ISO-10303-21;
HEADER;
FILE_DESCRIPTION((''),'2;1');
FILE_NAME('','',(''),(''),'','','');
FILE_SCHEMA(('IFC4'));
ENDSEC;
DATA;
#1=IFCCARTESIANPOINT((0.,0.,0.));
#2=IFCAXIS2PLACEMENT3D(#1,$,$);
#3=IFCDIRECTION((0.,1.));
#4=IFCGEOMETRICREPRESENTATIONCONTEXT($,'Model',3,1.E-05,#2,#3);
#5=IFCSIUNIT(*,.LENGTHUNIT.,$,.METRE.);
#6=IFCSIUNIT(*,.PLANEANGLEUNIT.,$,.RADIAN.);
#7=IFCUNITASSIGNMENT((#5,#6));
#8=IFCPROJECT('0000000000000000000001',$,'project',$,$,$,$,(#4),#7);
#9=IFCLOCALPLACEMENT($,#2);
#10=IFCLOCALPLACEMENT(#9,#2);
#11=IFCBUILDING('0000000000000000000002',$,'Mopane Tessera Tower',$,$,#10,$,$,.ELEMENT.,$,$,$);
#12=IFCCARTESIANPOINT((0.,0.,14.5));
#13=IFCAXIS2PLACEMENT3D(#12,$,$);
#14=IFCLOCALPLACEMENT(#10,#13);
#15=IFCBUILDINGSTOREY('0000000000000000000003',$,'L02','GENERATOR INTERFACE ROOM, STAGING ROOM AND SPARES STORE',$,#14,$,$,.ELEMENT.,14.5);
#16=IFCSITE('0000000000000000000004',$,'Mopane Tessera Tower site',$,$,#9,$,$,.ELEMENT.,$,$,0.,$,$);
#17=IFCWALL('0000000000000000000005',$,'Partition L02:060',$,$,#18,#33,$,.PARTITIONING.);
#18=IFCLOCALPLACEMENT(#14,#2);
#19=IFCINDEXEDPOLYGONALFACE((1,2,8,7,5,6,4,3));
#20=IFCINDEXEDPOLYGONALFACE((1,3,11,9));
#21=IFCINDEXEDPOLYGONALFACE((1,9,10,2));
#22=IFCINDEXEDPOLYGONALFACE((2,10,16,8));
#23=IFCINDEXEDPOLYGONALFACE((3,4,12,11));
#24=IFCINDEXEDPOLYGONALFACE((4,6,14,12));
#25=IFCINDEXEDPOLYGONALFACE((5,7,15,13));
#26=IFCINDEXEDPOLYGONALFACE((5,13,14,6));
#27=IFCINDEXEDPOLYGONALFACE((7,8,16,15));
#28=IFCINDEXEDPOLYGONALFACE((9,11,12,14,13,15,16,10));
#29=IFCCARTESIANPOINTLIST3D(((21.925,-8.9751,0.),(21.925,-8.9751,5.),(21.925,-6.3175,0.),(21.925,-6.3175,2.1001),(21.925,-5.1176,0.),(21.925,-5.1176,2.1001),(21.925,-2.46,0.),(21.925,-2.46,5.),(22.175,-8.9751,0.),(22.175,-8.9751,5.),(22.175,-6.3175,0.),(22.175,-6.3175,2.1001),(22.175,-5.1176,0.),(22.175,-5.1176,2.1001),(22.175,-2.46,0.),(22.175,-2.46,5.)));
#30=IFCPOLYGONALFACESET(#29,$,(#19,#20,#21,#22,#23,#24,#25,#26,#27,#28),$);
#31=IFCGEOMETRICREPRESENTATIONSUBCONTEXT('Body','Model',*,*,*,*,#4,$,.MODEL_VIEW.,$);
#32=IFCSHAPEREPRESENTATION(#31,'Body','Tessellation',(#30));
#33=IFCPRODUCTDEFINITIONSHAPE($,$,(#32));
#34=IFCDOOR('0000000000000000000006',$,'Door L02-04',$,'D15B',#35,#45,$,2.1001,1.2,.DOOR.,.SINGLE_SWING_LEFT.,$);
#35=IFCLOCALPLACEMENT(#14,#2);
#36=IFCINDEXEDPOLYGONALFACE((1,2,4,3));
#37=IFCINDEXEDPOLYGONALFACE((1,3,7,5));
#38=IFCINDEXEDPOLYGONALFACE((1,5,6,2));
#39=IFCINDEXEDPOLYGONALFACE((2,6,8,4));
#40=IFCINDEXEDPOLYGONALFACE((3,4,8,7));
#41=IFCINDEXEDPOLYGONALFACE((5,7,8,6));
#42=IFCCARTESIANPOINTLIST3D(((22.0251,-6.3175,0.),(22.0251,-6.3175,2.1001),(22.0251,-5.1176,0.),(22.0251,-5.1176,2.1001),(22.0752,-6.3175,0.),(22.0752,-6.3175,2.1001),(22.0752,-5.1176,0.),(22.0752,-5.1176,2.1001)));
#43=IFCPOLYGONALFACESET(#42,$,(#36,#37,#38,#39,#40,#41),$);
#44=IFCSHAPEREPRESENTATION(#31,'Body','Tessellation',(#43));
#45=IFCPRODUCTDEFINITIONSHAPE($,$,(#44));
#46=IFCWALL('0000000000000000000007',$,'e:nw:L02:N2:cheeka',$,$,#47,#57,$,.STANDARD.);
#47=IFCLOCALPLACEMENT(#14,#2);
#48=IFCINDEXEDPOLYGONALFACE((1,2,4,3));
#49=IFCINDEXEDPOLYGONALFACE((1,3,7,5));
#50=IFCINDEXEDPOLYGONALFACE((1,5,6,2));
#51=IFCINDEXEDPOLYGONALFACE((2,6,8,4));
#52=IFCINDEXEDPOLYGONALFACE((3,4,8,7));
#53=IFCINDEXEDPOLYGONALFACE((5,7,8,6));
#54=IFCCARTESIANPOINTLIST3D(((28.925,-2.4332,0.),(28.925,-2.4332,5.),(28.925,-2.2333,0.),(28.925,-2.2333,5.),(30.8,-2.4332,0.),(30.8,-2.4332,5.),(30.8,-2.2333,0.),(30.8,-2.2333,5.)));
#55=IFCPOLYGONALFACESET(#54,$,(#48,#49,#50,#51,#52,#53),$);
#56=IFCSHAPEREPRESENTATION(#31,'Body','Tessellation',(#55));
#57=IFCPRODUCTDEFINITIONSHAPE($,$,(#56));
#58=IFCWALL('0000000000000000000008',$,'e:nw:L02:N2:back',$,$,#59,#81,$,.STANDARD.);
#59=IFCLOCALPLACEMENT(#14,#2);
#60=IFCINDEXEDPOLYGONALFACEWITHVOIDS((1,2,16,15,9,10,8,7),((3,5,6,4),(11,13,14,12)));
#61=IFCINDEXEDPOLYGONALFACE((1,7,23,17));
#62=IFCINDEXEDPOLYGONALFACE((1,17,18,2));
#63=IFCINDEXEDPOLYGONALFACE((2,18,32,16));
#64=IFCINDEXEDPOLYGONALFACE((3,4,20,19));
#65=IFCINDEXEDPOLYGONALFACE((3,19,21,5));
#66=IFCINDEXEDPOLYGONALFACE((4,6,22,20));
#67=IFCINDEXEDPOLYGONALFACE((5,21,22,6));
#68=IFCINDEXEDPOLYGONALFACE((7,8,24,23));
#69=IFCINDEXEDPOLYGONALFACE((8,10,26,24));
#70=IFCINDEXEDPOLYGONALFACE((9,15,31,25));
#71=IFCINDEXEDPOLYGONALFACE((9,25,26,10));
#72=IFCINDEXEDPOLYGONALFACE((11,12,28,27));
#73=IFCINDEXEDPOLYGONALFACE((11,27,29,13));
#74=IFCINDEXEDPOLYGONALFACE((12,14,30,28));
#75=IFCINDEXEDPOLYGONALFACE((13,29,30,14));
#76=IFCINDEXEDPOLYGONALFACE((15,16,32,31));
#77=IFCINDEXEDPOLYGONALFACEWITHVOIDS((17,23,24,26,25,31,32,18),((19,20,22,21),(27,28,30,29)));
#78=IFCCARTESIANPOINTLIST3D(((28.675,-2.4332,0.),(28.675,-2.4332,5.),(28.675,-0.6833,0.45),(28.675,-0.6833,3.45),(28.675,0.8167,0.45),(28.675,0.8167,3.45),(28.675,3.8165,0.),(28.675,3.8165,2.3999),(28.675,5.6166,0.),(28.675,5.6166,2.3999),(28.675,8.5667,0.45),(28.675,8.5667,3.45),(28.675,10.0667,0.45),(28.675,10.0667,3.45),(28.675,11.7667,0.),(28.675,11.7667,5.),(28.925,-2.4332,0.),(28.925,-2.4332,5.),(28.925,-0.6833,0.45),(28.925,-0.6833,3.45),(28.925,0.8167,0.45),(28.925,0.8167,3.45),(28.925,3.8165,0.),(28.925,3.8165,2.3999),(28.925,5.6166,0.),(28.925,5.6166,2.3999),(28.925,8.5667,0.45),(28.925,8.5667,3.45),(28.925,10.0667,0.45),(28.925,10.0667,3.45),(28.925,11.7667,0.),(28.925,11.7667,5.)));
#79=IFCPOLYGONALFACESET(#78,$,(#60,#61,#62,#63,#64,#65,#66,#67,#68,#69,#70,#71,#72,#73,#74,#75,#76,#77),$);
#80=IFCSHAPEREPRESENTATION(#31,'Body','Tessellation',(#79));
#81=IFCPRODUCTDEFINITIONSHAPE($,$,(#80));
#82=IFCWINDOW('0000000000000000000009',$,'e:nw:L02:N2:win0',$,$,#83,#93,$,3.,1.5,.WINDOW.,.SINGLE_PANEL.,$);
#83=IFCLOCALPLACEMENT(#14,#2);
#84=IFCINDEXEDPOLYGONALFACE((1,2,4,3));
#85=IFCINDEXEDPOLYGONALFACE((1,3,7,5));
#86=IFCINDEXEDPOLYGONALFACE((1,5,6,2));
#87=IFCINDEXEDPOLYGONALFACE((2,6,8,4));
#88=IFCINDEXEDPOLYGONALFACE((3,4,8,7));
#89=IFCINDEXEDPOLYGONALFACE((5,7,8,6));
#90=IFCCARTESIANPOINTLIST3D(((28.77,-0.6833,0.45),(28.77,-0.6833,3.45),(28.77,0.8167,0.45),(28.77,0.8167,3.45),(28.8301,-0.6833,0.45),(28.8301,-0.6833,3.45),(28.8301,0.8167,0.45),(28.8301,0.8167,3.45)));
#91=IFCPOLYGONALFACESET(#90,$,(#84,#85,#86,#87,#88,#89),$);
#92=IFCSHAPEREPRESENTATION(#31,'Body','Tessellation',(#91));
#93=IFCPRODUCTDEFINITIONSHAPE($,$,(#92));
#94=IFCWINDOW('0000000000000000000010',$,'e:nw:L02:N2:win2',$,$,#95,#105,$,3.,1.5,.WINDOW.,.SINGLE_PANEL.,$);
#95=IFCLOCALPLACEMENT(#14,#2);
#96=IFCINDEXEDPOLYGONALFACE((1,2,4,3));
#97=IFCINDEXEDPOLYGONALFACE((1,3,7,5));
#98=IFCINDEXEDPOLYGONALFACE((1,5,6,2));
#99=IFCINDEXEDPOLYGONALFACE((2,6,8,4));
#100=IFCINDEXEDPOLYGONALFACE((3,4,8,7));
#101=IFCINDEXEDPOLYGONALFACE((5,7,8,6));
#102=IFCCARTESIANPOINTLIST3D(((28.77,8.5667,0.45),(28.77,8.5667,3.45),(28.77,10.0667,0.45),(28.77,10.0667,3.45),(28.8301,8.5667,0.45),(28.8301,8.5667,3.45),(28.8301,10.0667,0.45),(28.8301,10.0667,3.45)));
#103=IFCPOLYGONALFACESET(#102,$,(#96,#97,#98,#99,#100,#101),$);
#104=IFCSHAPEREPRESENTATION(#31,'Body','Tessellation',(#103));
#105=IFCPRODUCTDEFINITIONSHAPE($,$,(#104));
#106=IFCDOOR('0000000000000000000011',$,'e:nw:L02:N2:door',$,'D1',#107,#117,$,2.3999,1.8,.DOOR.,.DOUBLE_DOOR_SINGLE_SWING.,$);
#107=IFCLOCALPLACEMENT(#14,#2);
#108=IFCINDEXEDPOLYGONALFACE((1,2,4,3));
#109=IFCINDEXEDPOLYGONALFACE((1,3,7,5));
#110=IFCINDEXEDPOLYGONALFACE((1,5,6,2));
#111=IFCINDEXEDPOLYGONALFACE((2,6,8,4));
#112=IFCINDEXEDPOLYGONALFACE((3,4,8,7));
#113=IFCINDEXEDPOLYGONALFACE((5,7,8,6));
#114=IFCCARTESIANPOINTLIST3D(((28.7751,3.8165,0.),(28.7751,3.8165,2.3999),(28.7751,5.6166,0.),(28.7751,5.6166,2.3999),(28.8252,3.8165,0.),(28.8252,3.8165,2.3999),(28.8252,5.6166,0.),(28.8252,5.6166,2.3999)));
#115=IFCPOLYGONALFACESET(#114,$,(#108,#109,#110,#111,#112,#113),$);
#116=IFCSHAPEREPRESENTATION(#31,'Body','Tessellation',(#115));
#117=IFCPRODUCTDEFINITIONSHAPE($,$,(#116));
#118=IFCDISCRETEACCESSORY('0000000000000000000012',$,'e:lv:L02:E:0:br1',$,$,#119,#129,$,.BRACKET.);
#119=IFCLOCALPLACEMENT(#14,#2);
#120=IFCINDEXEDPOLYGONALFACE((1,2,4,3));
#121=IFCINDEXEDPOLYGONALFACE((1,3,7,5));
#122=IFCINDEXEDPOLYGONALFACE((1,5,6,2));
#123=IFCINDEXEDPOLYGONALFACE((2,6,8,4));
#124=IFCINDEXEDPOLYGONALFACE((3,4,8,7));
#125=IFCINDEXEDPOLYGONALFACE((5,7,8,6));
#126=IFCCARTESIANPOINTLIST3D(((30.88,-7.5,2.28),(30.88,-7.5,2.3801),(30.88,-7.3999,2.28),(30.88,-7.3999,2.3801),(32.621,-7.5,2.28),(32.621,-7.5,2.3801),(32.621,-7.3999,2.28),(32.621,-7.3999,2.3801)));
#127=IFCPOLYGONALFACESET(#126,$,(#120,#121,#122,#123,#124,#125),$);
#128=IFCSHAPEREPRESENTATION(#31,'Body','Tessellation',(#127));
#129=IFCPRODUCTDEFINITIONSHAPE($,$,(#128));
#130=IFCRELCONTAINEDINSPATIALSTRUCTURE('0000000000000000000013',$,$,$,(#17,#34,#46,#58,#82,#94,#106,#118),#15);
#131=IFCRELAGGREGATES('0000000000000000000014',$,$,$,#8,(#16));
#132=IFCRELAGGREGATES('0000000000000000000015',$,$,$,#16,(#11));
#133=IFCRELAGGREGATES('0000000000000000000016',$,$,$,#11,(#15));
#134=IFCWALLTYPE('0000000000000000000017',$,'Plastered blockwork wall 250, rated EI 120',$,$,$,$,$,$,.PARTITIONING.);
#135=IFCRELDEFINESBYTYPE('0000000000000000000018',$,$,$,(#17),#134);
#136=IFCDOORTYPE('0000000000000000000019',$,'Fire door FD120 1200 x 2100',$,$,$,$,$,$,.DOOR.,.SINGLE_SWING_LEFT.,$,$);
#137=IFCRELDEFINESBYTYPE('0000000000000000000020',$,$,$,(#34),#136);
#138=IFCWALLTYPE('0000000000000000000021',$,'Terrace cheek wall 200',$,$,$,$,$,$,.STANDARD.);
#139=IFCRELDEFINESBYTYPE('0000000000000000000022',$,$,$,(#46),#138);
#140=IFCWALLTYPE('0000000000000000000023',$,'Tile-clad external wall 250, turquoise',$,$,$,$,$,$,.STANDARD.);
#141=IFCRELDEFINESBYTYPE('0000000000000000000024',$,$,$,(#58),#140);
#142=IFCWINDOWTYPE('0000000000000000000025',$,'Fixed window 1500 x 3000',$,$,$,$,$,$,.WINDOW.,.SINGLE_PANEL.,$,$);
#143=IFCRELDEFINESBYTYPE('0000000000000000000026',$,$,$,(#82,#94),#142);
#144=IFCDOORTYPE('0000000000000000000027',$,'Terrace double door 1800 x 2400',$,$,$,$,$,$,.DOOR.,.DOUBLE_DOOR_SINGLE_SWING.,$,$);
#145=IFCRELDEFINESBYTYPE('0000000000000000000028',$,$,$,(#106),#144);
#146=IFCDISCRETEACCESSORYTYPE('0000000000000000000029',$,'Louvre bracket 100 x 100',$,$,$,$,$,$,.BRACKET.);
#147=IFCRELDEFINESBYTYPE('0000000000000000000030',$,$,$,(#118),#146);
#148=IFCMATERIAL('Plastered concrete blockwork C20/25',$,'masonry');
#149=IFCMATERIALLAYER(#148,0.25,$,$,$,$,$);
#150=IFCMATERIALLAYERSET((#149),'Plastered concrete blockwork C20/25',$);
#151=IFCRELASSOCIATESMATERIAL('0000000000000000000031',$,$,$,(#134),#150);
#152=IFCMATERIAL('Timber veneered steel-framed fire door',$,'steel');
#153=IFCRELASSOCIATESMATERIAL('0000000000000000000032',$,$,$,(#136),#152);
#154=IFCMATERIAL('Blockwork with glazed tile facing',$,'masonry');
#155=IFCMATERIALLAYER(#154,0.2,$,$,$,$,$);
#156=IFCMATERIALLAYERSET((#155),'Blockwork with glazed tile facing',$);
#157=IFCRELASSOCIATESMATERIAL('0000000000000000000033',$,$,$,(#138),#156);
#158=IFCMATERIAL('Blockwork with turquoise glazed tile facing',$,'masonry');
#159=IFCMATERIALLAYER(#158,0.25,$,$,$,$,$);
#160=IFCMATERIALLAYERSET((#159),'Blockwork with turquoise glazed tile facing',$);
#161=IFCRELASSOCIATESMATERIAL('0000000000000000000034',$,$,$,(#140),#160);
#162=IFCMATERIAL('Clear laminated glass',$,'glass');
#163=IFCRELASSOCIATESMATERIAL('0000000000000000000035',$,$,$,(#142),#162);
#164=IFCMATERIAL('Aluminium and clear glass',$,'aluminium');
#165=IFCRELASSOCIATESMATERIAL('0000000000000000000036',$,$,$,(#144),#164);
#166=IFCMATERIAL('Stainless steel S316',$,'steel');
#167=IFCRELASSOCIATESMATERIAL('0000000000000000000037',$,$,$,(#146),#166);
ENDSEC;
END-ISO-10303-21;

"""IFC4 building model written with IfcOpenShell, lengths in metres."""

from ifc_helpers import new_model, si_unit, direction, frame, frame_2d, origin, origin_2d, place, context, subcontext, project, spatial, rectangle, extrude, material, layer, layer_set, type_object, element, fill, save


model = new_model("IFC4")

# Units and contexts
model_context = context("Model", 3, precision=1e-05, world=origin(), true_north=direction((0.0, 1.0)))
body_context = subcontext(model_context, "Body", "Model", "MODEL_VIEW")
ifc_project = project(units=[si_unit("LENGTHUNIT", "METRE"), si_unit("PLANEANGLEUNIT", "RADIAN")], contexts=[model_context])

# Site, building, storey
site_placement = place(None, origin())
site = spatial("IfcSite", under=ifc_project, at=site_placement, Name="Mopane Tessera Tower site", CompositionType="ELEMENT", RefElevation=0.0)
building_placement = place(site_placement, origin())
building = spatial("IfcBuilding", under=site, at=building_placement, Name="Mopane Tessera Tower", CompositionType="ELEMENT")
storey_placement = place(building_placement, frame((0.0, 0.0, 14.5)))
storey = spatial("IfcBuildingStorey", under=building, at=storey_placement, Name="L02", Description="GENERATOR INTERFACE ROOM, STAGING ROOM AND SPARES STORE", CompositionType="ELEMENT", Elevation=14.5)

# Shared definitions
ifc_material_1 = material(Name="Plastered concrete blockwork C20/25", Category="masonry")
ifc_layer_1 = layer(ifc_material_1, 0.25)
ifc_layer_set_1 = layer_set([ifc_layer_1], Name="Plastered concrete blockwork C20/25")
wall_type_1 = type_object("IfcWallType", Name="Plastered blockwork wall 250, rated EI 120", PredefinedType="PARTITIONING", material=ifc_layer_set_1)

# Wall, opening, door
wall_1_placement = place(storey_placement, frame((22.05, -8.9751, 0.0), z_axis=(0.0, 0.0, 1.0), x_axis=(0.0, 1.0, 0.0)))
wall_1 = element("IfcWall", 1, at=wall_1_placement, inside=storey, type_object=wall_type_1, Name="Partition L02:060", PredefinedType="PARTITIONING", context=body_context, shape_type="SweptSolid", body=[
    extrude(rectangle(XDim=6.5151, YDim=0.25, at=frame_2d((3.2576, 0.0))), origin(), (0.0, 0.0, 1.0), 5.0),
])
opening_1_placement = place(wall_1_placement, frame((2.6575, 0.0, 0.0)))
opening_1 = element("IfcOpeningElement", 2, at=opening_1_placement, cuts=wall_1, PredefinedType="OPENING", context=body_context, shape_type="SweptSolid", body=[
    extrude(rectangle(XDim=1.2, YDim=2.1001, at=frame_2d((0.6001, 1.05))), frame((0.0, 0.137, 0.0), z_axis=(0.0, -1.0, 0.0), x_axis=(1.0, 0.0, 0.0)), (0.0, 0.0, 1.0), 0.2739),
])
ifc_material_2 = material(Name="Timber veneered steel-framed fire door", Category="steel")
door_type_1 = type_object("IfcDoorType", Name="Fire door FD120 1200 x 2100", OperationType="SINGLE_SWING_LEFT", PredefinedType="DOOR", material=ifc_material_2)
door_1_placement = place(opening_1_placement, origin())
door_1 = element("IfcDoor", 3, at=door_1_placement, inside=storey, type_object=door_type_1, Name="Door L02-04", ObjectType="D15B", OperationType="SINGLE_SWING_LEFT", OverallHeight=2.1001, OverallWidth=1.2, PredefinedType="DOOR", context=body_context, shape_type="SweptSolid", body=[
    extrude(rectangle(XDim=1.2, YDim=2.1001, at=frame_2d((0.6001, 1.05))), frame((0.0, 0.0249, 0.0), z_axis=(0.0, -1.0, 0.0), x_axis=(1.0, 0.0, 0.0)), (0.0, 0.0, 1.0), 0.05),
])
fill(opening_1, door_1)

# Wall
ifc_material_3 = material(Name="Blockwork with glazed tile facing", Category="masonry")
ifc_layer_2 = layer(ifc_material_3, 0.2)
ifc_layer_set_2 = layer_set([ifc_layer_2], Name="Blockwork with glazed tile facing")
wall_type_2 = type_object("IfcWallType", Name="Terrace cheek wall 200", PredefinedType="STANDARD", material=ifc_layer_set_2)
wall_2_placement = place(storey_placement, frame((30.8, -2.3333, 0.0), z_axis=(0.0, 0.0, 1.0), x_axis=(-1.0, 0.0, 0.0)))
element("IfcWall", 4, at=wall_2_placement, inside=storey, type_object=wall_type_2, Name="e:nw:L02:N2:cheeka", PredefinedType="STANDARD", context=body_context, shape_type="SweptSolid", body=[
    extrude(rectangle(XDim=1.875, YDim=0.2, at=frame_2d((0.9375, 0.0))), origin(), (0.0, 0.0, 1.0), 5.0),
])

# Wall, openings, windows, door
ifc_material_4 = material(Name="Blockwork with turquoise glazed tile facing", Category="masonry")
ifc_layer_3 = layer(ifc_material_4, 0.25)
ifc_layer_set_3 = layer_set([ifc_layer_3], Name="Blockwork with turquoise glazed tile facing")
wall_type_3 = type_object("IfcWallType", Name="Tile-clad external wall 250, turquoise", PredefinedType="STANDARD", material=ifc_layer_set_3)
wall_3_placement = place(storey_placement, frame((28.8, -2.4333, 0.0), z_axis=(0.0, 0.0, 1.0), x_axis=(0.0, 1.0, 0.0)))
wall_3 = element("IfcWall", 5, at=wall_3_placement, inside=storey, type_object=wall_type_3, Name="e:nw:L02:N2:back", PredefinedType="STANDARD", context=body_context, shape_type="SweptSolid", body=[
    extrude(rectangle(XDim=14.2, YDim=0.25, at=frame_2d((7.1001, 0.0))), origin(), (0.0, 0.0, 1.0), 5.0),
])
opening_2_placement = place(wall_3_placement, frame((1.75, 0.0, 0.45)))
opening_2 = element("IfcOpeningElement", 6, at=opening_2_placement, cuts=wall_3, PredefinedType="OPENING", context=body_context, shape_type="SweptSolid", body=[
    extrude(rectangle(XDim=1.5, YDim=3.0, at=frame_2d((0.75, 1.5))), frame((0.0, 0.137, 0.0), z_axis=(0.0, -1.0, 0.0), x_axis=(1.0, 0.0, 0.0)), (0.0, 0.0, 1.0), 0.2739),
])
opening_3_placement = place(wall_3_placement, frame((6.25, 0.0, 0.0)))
opening_3 = element("IfcOpeningElement", 7, at=opening_3_placement, cuts=wall_3, PredefinedType="OPENING", context=body_context, shape_type="SweptSolid", body=[
    extrude(rectangle(XDim=1.8, YDim=2.3999, at=frame_2d((0.8999, 1.2))), frame((0.0, 0.137, 0.0), z_axis=(0.0, -1.0, 0.0), x_axis=(1.0, 0.0, 0.0)), (0.0, 0.0, 1.0), 0.2739),
])
opening_4_placement = place(wall_3_placement, frame((11.0, 0.0, 0.45)))
opening_4 = element("IfcOpeningElement", 8, at=opening_4_placement, cuts=wall_3, PredefinedType="OPENING", context=body_context, shape_type="SweptSolid", body=[
    extrude(rectangle(XDim=1.5, YDim=3.0, at=frame_2d((0.75, 1.5))), frame((0.0, 0.137, 0.0), z_axis=(0.0, -1.0, 0.0), x_axis=(1.0, 0.0, 0.0)), (0.0, 0.0, 1.0), 0.2739),
])
ifc_material_5 = material(Name="Clear laminated glass", Category="glass")
window_type = type_object("IfcWindowType", Name="Fixed window 1500 x 3000", PartitioningType="SINGLE_PANEL", PredefinedType="WINDOW", material=ifc_material_5)
window_1_placement = place(opening_2_placement, origin())
window_1 = element("IfcWindow", 9, at=window_1_placement, inside=storey, type_object=window_type, Name="e:nw:L02:N2:win0", OverallHeight=3.0, OverallWidth=1.5, PartitioningType="SINGLE_PANEL", PredefinedType="WINDOW", context=body_context, shape_type="SweptSolid", body=[
    extrude(rectangle(XDim=1.5, YDim=3.0, at=frame_2d((0.75, 1.5))), frame((0.0, 0.03, 0.0), z_axis=(0.0, -1.0, 0.0), x_axis=(1.0, 0.0, 0.0)), (0.0, 0.0, 1.0), 0.0601),
])
fill(opening_2, window_1)
window_2_placement = place(opening_4_placement, origin())
window_2 = element("IfcWindow", 10, at=window_2_placement, inside=storey, type_object=window_type, Name="e:nw:L02:N2:win2", OverallHeight=3.0, OverallWidth=1.5, PartitioningType="SINGLE_PANEL", PredefinedType="WINDOW", context=body_context, shape_type="SweptSolid", body=[
    extrude(rectangle(XDim=1.5, YDim=3.0, at=frame_2d((0.75, 1.5))), frame((0.0, 0.03, 0.0), z_axis=(0.0, -1.0, 0.0), x_axis=(1.0, 0.0, 0.0)), (0.0, 0.0, 1.0), 0.0601),
])
fill(opening_4, window_2)
ifc_material_6 = material(Name="Aluminium and clear glass", Category="aluminium")
door_type_2 = type_object("IfcDoorType", Name="Terrace double door 1800 x 2400", OperationType="DOUBLE_DOOR_SINGLE_SWING", PredefinedType="DOOR", material=ifc_material_6)
door_2_placement = place(opening_3_placement, origin())
door_2 = element("IfcDoor", 11, at=door_2_placement, inside=storey, type_object=door_type_2, Name="e:nw:L02:N2:door", ObjectType="D1", OperationType="DOUBLE_DOOR_SINGLE_SWING", OverallHeight=2.3999, OverallWidth=1.8, PredefinedType="DOOR", context=body_context, shape_type="SweptSolid", body=[
    extrude(rectangle(XDim=1.8, YDim=2.3999, at=frame_2d((0.8999, 1.2))), frame((0.0, 0.0249, 0.0), z_axis=(0.0, -1.0, 0.0), x_axis=(1.0, 0.0, 0.0)), (0.0, 0.0, 1.0), 0.05),
])
fill(opening_3, door_2)

# Discrete accessory
ifc_material_7 = material(Name="Stainless steel S316", Category="steel")
discrete_accessory_type = type_object("IfcDiscreteAccessoryType", Name="Louvre bracket 100 x 100", PredefinedType="BRACKET", material=ifc_material_7)
discrete_accessory_placement = place(storey_placement, frame((31.7505, -7.45, 2.28), z_axis=(0.0, 0.0, 1.0), x_axis=(1.0, 0.0, 0.0)))
element("IfcDiscreteAccessory", 12, at=discrete_accessory_placement, inside=storey, type_object=discrete_accessory_type, Name="e:lv:L02:E:0:br1", PredefinedType="BRACKET", context=body_context, shape_type="SweptSolid", body=[
    extrude(rectangle(XDim=1.741, YDim=0.1001, at=origin_2d()), origin(), (0.0, 0.0, 1.0), 0.1001),
])

save(model, "model.ifc")
